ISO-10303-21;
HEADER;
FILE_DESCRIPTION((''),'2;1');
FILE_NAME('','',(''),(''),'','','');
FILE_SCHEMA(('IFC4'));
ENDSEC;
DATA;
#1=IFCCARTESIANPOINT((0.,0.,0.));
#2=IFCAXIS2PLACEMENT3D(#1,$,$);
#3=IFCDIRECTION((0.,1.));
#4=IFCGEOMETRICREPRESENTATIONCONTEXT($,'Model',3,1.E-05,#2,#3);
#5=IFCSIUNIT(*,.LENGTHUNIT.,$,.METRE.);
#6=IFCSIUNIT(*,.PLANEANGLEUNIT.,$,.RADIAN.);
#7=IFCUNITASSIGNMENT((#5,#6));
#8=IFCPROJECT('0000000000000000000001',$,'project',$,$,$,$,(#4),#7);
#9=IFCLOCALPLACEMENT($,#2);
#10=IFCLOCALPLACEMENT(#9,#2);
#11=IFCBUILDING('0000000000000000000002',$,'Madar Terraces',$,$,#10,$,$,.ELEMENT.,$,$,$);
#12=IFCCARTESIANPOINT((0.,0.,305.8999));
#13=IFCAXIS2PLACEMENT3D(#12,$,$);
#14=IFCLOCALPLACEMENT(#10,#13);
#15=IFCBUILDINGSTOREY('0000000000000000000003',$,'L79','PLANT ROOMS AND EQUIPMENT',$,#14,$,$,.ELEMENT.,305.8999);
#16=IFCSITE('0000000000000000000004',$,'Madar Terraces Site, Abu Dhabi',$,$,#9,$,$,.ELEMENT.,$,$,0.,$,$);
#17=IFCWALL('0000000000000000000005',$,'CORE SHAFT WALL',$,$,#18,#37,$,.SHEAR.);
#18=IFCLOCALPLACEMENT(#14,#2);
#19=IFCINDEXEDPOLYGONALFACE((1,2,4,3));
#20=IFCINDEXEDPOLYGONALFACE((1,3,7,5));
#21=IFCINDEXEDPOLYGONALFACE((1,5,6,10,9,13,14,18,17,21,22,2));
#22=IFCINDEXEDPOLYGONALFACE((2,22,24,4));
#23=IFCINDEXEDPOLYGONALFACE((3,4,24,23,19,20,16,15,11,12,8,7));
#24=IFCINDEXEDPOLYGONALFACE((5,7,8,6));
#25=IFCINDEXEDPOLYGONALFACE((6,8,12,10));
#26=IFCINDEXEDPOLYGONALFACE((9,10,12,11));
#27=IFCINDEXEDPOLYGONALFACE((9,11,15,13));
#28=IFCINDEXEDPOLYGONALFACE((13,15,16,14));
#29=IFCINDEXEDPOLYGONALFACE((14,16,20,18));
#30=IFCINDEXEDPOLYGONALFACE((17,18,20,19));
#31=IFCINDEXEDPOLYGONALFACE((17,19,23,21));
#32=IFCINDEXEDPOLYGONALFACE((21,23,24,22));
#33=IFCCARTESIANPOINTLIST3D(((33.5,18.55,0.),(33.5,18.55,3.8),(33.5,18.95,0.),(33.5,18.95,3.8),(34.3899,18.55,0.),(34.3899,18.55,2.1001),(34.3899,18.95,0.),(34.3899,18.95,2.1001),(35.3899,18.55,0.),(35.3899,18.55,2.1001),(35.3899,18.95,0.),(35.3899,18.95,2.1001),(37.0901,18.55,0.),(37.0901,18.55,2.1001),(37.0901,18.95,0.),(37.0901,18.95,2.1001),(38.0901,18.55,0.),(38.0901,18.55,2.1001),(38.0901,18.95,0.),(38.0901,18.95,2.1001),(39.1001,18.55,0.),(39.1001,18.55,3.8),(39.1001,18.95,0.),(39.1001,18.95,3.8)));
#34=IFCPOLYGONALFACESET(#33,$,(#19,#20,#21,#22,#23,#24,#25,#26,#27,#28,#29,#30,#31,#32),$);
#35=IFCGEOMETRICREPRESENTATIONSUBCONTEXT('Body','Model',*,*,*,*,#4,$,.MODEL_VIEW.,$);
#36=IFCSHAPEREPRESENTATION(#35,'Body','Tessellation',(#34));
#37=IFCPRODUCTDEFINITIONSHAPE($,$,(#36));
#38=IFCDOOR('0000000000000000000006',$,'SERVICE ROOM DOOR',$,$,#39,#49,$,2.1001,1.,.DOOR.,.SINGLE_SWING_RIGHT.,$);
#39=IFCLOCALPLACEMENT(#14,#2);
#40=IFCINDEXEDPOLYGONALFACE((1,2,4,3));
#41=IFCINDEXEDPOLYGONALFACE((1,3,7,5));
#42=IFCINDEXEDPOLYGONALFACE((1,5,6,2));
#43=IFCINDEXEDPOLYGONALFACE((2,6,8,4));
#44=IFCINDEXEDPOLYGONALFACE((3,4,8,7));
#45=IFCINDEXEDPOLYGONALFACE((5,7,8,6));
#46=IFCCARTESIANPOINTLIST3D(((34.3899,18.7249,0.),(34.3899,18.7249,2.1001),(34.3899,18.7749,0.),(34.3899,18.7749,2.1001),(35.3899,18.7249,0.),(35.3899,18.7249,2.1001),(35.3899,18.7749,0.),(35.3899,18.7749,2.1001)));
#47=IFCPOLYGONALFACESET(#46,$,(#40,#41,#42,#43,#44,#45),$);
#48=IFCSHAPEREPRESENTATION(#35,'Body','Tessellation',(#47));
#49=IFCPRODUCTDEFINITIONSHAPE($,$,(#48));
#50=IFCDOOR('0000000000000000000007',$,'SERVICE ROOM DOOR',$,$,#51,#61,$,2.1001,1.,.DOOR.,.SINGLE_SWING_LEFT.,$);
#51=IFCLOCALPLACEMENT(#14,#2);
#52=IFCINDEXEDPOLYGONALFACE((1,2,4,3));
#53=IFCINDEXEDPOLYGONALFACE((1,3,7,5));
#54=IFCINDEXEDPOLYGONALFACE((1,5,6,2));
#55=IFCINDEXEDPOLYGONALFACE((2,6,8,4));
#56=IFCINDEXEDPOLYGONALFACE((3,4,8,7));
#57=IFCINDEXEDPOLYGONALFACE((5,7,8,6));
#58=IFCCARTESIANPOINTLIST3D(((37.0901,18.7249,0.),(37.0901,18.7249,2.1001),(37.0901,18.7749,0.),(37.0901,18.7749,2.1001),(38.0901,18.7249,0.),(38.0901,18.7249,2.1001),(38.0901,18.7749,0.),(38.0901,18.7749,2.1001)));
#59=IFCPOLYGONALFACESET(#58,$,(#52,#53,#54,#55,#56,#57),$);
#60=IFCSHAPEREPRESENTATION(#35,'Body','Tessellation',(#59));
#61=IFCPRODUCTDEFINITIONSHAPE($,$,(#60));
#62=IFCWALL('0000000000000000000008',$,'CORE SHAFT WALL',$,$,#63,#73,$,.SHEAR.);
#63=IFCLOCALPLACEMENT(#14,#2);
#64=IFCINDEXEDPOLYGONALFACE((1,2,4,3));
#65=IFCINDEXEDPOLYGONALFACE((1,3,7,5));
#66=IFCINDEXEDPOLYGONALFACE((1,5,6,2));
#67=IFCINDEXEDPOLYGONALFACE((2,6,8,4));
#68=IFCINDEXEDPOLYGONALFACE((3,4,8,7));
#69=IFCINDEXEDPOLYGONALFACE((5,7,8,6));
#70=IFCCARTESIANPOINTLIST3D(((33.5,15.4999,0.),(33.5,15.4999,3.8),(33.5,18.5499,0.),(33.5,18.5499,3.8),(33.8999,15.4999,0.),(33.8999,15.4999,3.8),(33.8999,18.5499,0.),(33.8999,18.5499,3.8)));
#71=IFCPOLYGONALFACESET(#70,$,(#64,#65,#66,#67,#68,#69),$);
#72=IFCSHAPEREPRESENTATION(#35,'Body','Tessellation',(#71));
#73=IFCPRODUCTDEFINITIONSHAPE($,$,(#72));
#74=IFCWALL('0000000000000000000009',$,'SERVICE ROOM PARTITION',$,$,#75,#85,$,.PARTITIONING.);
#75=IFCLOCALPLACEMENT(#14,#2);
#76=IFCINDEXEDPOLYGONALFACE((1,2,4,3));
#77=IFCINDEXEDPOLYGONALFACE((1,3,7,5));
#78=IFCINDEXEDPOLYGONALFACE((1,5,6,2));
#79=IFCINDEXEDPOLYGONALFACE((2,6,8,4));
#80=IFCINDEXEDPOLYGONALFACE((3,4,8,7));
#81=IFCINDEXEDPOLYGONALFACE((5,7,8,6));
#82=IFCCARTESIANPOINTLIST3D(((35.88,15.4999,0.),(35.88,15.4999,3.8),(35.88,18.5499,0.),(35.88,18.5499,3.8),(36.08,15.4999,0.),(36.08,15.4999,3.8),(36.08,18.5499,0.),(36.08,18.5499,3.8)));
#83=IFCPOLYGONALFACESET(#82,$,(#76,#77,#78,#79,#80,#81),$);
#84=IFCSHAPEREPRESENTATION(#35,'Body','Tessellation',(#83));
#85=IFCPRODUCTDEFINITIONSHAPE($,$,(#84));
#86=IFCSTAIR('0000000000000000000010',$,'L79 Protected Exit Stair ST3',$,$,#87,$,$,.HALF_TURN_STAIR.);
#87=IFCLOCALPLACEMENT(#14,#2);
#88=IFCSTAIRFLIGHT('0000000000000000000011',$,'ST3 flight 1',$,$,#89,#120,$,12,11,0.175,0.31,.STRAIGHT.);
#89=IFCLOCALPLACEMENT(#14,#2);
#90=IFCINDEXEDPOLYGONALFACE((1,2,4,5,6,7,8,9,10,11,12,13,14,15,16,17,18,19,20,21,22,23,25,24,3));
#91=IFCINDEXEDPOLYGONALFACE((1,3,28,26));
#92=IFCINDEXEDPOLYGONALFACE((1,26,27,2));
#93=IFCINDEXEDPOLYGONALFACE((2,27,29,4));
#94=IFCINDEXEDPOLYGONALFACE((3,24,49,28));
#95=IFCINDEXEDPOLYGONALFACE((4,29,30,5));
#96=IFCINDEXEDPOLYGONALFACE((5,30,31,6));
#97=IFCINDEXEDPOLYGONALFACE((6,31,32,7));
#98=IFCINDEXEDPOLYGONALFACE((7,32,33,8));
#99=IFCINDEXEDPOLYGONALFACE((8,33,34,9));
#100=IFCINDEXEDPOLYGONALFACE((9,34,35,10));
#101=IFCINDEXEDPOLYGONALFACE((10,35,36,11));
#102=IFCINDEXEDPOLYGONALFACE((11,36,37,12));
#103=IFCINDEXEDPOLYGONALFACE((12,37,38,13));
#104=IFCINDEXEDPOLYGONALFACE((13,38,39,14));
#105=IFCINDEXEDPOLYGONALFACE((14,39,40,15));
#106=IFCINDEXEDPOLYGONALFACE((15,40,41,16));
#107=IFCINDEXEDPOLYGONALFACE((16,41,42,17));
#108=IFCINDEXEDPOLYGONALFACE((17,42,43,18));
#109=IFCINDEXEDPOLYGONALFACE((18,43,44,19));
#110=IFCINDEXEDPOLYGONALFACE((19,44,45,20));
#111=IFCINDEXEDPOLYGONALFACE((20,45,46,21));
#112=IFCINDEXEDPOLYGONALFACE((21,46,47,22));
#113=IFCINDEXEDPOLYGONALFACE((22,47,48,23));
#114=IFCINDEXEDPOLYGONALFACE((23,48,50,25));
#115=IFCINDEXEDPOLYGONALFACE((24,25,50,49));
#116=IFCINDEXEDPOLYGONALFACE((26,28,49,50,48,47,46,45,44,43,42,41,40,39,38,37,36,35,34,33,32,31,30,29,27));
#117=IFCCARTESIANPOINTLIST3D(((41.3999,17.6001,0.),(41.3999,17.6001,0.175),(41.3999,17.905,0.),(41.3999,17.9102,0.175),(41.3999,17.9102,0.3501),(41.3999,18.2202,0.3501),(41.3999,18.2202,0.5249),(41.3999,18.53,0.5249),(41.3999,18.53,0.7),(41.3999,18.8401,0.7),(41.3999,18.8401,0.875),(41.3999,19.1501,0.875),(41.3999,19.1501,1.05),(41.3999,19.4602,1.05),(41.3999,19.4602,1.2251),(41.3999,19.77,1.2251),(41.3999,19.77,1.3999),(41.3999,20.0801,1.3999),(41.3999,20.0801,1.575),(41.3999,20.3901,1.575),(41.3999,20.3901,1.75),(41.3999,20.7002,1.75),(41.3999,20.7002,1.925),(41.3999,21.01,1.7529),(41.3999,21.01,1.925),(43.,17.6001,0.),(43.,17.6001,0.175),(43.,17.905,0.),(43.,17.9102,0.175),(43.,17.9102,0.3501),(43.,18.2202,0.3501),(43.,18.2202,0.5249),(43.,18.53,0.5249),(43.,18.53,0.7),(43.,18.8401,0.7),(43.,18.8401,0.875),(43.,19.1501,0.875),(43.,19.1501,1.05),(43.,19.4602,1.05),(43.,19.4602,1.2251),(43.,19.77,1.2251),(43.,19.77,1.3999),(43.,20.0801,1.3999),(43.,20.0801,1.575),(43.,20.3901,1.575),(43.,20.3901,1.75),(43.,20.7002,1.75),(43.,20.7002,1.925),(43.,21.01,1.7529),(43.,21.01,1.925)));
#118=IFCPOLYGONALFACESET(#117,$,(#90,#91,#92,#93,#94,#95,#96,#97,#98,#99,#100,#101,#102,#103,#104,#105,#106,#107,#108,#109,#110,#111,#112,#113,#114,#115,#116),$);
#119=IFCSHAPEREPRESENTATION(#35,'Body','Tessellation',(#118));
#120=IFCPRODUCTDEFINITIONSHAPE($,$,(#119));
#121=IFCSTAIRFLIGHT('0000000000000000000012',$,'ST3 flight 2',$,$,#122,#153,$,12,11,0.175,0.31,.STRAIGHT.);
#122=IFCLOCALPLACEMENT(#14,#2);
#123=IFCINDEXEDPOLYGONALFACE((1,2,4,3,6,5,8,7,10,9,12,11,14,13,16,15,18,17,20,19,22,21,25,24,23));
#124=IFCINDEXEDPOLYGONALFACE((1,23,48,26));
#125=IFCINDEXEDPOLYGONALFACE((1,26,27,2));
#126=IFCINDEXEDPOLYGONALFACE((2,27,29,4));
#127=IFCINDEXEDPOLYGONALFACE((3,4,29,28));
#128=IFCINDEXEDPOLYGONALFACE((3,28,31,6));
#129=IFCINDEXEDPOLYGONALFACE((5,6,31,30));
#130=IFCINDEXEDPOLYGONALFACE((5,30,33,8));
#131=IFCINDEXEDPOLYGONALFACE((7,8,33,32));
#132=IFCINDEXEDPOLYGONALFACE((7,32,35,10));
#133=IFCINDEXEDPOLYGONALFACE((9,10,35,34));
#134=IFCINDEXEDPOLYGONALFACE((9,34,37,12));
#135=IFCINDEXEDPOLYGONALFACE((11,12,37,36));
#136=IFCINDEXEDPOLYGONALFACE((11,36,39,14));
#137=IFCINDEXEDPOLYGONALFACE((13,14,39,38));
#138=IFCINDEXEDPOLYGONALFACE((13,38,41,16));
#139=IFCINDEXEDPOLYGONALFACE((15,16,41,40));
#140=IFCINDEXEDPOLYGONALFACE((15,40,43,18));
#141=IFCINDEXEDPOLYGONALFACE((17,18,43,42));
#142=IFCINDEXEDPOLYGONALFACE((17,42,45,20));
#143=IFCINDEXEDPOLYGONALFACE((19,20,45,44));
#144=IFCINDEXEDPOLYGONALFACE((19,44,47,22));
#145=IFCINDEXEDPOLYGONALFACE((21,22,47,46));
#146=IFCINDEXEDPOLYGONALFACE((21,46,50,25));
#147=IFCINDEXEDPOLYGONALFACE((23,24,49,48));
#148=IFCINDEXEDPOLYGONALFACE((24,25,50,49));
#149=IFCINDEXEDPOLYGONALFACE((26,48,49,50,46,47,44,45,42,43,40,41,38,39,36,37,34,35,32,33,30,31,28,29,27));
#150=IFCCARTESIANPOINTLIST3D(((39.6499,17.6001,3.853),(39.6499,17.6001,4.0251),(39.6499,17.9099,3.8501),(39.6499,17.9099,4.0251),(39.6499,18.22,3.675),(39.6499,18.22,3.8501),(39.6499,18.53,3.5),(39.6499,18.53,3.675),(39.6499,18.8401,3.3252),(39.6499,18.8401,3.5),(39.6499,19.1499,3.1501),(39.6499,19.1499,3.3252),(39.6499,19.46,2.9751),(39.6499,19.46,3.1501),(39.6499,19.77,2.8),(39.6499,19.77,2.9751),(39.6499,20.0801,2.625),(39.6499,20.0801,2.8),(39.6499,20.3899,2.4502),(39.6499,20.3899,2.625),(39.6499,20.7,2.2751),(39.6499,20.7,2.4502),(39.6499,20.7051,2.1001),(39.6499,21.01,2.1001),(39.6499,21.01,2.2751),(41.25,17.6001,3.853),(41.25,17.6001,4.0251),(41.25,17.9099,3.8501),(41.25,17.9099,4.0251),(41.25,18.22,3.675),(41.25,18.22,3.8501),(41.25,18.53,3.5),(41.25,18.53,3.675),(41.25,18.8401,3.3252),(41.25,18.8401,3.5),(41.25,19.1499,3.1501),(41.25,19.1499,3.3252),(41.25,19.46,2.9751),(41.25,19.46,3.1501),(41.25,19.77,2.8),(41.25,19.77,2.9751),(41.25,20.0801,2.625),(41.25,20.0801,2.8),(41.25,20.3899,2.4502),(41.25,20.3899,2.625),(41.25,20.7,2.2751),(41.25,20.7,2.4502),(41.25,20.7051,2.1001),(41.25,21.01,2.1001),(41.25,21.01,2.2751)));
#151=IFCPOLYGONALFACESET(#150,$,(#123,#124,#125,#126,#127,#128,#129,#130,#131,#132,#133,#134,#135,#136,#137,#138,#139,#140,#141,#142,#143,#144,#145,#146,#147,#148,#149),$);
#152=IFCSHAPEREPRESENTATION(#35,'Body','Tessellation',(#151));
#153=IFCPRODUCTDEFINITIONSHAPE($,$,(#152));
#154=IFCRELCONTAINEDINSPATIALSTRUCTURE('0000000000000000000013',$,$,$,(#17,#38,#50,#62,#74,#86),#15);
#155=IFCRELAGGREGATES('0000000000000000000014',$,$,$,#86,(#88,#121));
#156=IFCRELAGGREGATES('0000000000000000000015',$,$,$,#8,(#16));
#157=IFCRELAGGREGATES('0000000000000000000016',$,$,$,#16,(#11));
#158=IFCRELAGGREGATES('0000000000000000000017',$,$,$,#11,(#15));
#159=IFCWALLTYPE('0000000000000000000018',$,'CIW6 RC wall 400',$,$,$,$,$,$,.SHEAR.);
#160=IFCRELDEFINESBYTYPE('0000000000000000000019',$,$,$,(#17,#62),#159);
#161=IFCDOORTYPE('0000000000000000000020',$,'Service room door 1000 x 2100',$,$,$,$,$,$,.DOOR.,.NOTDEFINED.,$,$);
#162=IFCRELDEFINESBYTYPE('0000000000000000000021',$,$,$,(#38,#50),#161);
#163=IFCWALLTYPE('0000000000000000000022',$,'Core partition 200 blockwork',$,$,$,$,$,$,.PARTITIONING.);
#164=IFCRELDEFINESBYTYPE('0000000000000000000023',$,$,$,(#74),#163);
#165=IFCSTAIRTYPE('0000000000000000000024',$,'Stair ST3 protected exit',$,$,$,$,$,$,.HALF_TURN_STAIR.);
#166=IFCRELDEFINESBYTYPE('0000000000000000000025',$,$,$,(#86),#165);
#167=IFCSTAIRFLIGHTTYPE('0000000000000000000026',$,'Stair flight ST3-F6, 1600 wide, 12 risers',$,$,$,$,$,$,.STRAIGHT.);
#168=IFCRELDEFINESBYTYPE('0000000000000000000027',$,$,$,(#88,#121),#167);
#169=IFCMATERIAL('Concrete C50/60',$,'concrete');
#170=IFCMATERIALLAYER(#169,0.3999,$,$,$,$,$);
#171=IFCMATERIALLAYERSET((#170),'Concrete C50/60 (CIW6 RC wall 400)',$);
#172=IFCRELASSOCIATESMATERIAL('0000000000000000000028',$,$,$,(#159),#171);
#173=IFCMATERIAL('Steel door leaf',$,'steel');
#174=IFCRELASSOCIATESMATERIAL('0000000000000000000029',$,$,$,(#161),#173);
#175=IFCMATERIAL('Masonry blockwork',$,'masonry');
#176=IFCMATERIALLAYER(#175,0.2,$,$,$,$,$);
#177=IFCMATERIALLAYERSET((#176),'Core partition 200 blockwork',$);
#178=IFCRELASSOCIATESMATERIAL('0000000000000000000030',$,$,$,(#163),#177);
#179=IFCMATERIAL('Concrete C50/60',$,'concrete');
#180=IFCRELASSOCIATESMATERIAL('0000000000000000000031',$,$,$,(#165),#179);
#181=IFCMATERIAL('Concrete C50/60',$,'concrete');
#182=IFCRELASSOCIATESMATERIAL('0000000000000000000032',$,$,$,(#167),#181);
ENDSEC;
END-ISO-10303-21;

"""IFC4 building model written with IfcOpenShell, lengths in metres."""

from ifc_helpers import new_model, si_unit, direction, frame, frame_2d, origin, place, context, subcontext, project, spatial, polyline, rectangle, outline, extrude, material, layer, layer_set, type_object, element, fill, aggregate, save


model = new_model("IFC4")

# Units and contexts
model_context = context("Model", 3, precision=1e-05, world=origin(), true_north=direction((0.0, 1.0)))
body_context = subcontext(model_context, "Body", "Model", "MODEL_VIEW")
ifc_project = project(units=[si_unit("LENGTHUNIT", "METRE"), si_unit("PLANEANGLEUNIT", "RADIAN")], contexts=[model_context])

# Site, building, storey
site_placement = place(None, origin())
site = spatial("IfcSite", under=ifc_project, at=site_placement, Name="Madar Terraces Site, Abu Dhabi", CompositionType="ELEMENT", RefElevation=0.0)
building_placement = place(site_placement, origin())
building = spatial("IfcBuilding", under=site, at=building_placement, Name="Madar Terraces", CompositionType="ELEMENT")
storey_placement = place(building_placement, frame((0.0, 0.0, 305.8999)))
storey = spatial("IfcBuildingStorey", under=building, at=storey_placement, Name="L79", Description="PLANT ROOMS AND EQUIPMENT", CompositionType="ELEMENT", Elevation=305.8999)

# Shared definitions
ifc_material_1 = material(Name="Concrete C50/60", Category="concrete")
ifc_layer_1 = layer(ifc_material_1, 0.3999)
ifc_layer_set_1 = layer_set([ifc_layer_1], Name="Concrete C50/60 (CIW6 RC wall 400)")
wall_type_1 = type_object("IfcWallType", Name="CIW6 RC wall 400", PredefinedType="SHEAR", material=ifc_layer_set_1)

# Wall, openings, doors
wall_1_placement = place(storey_placement, frame((33.5, 18.75, 0.0), z_axis=(0.0, 0.0, 1.0), x_axis=(1.0, 0.0, 0.0)))
wall_1 = element("IfcWall", 1, at=wall_1_placement, inside=storey, type_object=wall_type_1, Name="CORE SHAFT WALL", PredefinedType="SHEAR", context=body_context, shape_type="SweptSolid", body=[
    extrude(rectangle(XDim=5.6001, YDim=0.3999, at=frame_2d((2.8, 0.0))), origin(), (0.0, 0.0, 1.0), 3.8),
])
opening_1_placement = place(wall_1_placement, frame((0.8899, 0.0, 0.0)))
opening_1 = element("IfcOpeningElement", 2, at=opening_1_placement, cuts=wall_1, PredefinedType="OPENING", context=body_context, shape_type="SweptSolid", body=[
    extrude(rectangle(XDim=1.0, YDim=2.1001, at=frame_2d((0.5, 1.05))), frame((0.0, 0.21, 0.0), z_axis=(0.0, -1.0, 0.0), x_axis=(1.0, 0.0, 0.0)), (0.0, 0.0, 1.0), 0.4199),
])
opening_2_placement = place(wall_1_placement, frame((3.5901, 0.0, 0.0)))
opening_2 = element("IfcOpeningElement", 3, at=opening_2_placement, cuts=wall_1, PredefinedType="OPENING", context=body_context, shape_type="SweptSolid", body=[
    extrude(rectangle(XDim=1.0, YDim=2.1001, at=frame_2d((0.5, 1.05))), frame((0.0, 0.21, 0.0), z_axis=(0.0, -1.0, 0.0), x_axis=(1.0, 0.0, 0.0)), (0.0, 0.0, 1.0), 0.4199),
])
ifc_material_2 = material(Name="Steel door leaf", Category="steel")
door_type = type_object("IfcDoorType", Name="Service room door 1000 x 2100", OperationType="NOTDEFINED", PredefinedType="DOOR", material=ifc_material_2)
door_1_placement = place(opening_1_placement, origin())
door_1 = element("IfcDoor", 4, at=door_1_placement, inside=storey, type_object=door_type, Name="SERVICE ROOM DOOR", OperationType="SINGLE_SWING_RIGHT", OverallHeight=2.1001, OverallWidth=1.0, PredefinedType="DOOR", context=body_context, shape_type="SweptSolid", body=[
    extrude(rectangle(XDim=1.0, YDim=2.1001, at=frame_2d((0.5, 1.05))), frame((0.0, 0.0249, 0.0), z_axis=(0.0, -1.0, 0.0), x_axis=(1.0, 0.0, 0.0)), (0.0, 0.0, 1.0), 0.05),
])
fill(opening_1, door_1)
door_2_placement = place(opening_2_placement, origin())
door_2 = element("IfcDoor", 5, at=door_2_placement, inside=storey, type_object=door_type, Name="SERVICE ROOM DOOR", OperationType="SINGLE_SWING_LEFT", OverallHeight=2.1001, OverallWidth=1.0, PredefinedType="DOOR", context=body_context, shape_type="SweptSolid", body=[
    extrude(rectangle(XDim=1.0, YDim=2.1001, at=frame_2d((0.5, 1.05))), frame((0.0, 0.0249, 0.0), z_axis=(0.0, -1.0, 0.0), x_axis=(1.0, 0.0, 0.0)), (0.0, 0.0, 1.0), 0.05),
])
fill(opening_2, door_2)

# Walls
wall_2_placement = place(storey_placement, frame((33.7, 15.5, 0.0), z_axis=(0.0, 0.0, 1.0), x_axis=(0.0, 1.0, 0.0)))
element("IfcWall", 6, at=wall_2_placement, inside=storey, type_object=wall_type_1, Name="CORE SHAFT WALL", PredefinedType="SHEAR", context=body_context, shape_type="SweptSolid", body=[
    extrude(rectangle(XDim=3.05, YDim=0.3999, at=frame_2d((1.5249, 0.0))), origin(), (0.0, 0.0, 1.0), 3.8),
])
ifc_material_3 = material(Name="Masonry blockwork", Category="masonry")
ifc_layer_2 = layer(ifc_material_3, 0.2)
ifc_layer_set_2 = layer_set([ifc_layer_2], Name="Core partition 200 blockwork")
wall_type_2 = type_object("IfcWallType", Name="Core partition 200 blockwork", PredefinedType="PARTITIONING", material=ifc_layer_set_2)
wall_3_placement = place(storey_placement, frame((35.98, 15.5, 0.0), z_axis=(0.0, 0.0, 1.0), x_axis=(0.0, 1.0, 0.0)))
element("IfcWall", 7, at=wall_3_placement, inside=storey, type_object=wall_type_2, Name="SERVICE ROOM PARTITION", PredefinedType="PARTITIONING", context=body_context, shape_type="SweptSolid", body=[
    extrude(rectangle(XDim=3.05, YDim=0.2, at=frame_2d((1.5249, 0.0))), origin(), (0.0, 0.0, 1.0), 3.8),
])

# Stair, stair flights
ifc_material_4 = material(Name="Concrete C50/60", Category="concrete")
stair_type = type_object("IfcStairType", Name="Stair ST3 protected exit", PredefinedType="HALF_TURN_STAIR", material=ifc_material_4)
stair_placement = place(storey_placement, origin())
stair = element("IfcStair", 8, at=stair_placement, inside=storey, type_object=stair_type, Name="L79 Protected Exit Stair ST3", PredefinedType="HALF_TURN_STAIR")
ifc_material_5 = material(Name="Concrete C50/60", Category="concrete")
stair_flight_type = type_object("IfcStairFlightType", Name="Stair flight ST3-F6, 1600 wide, 12 risers", PredefinedType="STRAIGHT", material=ifc_material_5)
stair_flight_1_placement = place(storey_placement, frame((42.2, 17.6001, 0.0), z_axis=(0.0, 0.0, 1.0), x_axis=(0.0, 1.0, 0.0)))
stair_flight_1 = element("IfcStairFlight", 9, at=stair_flight_1_placement, type_object=stair_flight_type, Name="ST3 flight 1", NumberOfRisers=12, NumberOfTreads=11, PredefinedType="STRAIGHT", RiserHeight=0.175, TreadLength=0.31, context=body_context, shape_type="SweptSolid", body=[
    extrude(outline(polyline([(0.0, 0.0), (0.0, 0.175), (0.3101, 0.175), (0.3101, 0.3501), (0.6201, 0.3501), (0.6201, 0.5249), (0.9299, 0.5249), (0.9299, 0.7), (1.24, 0.7), (1.24, 0.875), (1.55, 0.875), (1.55, 1.05), (1.8601, 1.05), (1.8601, 1.2251), (2.1699, 1.2251), (2.1699, 1.3999), (2.48, 1.3999), (2.48, 1.575), (2.79, 1.575), (2.79, 1.75), (3.1001, 1.75), (3.1001, 1.925), (3.4099, 1.925), (3.4099, 2.1001), (3.4099, 1.7529), (0.3049, 0.0), (0.0, 0.0)])), frame((0.0, 0.8, 0.0), z_axis=(0.0, -1.0, 0.0), x_axis=(1.0, 0.0, 0.0)), (0.0, 0.0, 1.0), 1.6001),
])
stair_flight_2_placement = place(storey_placement, frame((40.45, 21.01, 2.1001), z_axis=(0.0, 0.0, 1.0), x_axis=(0.0, -1.0, 0.0)))
stair_flight_2 = element("IfcStairFlight", 10, at=stair_flight_2_placement, type_object=stair_flight_type, Name="ST3 flight 2", NumberOfRisers=12, NumberOfTreads=11, PredefinedType="STRAIGHT", RiserHeight=0.175, TreadLength=0.31, context=body_context, shape_type="SweptSolid", body=[
    extrude(outline(polyline([(0.0, 0.0), (0.0, 0.175), (0.3101, 0.175), (0.3101, 0.3501), (0.6201, 0.3501), (0.6201, 0.5249), (0.9299, 0.5249), (0.9299, 0.7), (1.24, 0.7), (1.24, 0.875), (1.55, 0.875), (1.55, 1.05), (1.8601, 1.05), (1.8601, 1.2251), (2.1699, 1.2251), (2.1699, 1.3999), (2.48, 1.3999), (2.48, 1.575), (2.79, 1.575), (2.79, 1.75), (3.1001, 1.75), (3.1001, 1.925), (3.4099, 1.925), (3.4099, 2.1001), (3.4099, 1.7529), (0.3049, 0.0), (0.0, 0.0)])), frame((0.0, 0.8, 0.0), z_axis=(0.0, -1.0, 0.0), x_axis=(1.0, 0.0, 0.0)), (0.0, 0.0, 1.0), 1.6001),
])
aggregate(stair, [stair_flight_1, stair_flight_2])

save(model, "model.ifc")
